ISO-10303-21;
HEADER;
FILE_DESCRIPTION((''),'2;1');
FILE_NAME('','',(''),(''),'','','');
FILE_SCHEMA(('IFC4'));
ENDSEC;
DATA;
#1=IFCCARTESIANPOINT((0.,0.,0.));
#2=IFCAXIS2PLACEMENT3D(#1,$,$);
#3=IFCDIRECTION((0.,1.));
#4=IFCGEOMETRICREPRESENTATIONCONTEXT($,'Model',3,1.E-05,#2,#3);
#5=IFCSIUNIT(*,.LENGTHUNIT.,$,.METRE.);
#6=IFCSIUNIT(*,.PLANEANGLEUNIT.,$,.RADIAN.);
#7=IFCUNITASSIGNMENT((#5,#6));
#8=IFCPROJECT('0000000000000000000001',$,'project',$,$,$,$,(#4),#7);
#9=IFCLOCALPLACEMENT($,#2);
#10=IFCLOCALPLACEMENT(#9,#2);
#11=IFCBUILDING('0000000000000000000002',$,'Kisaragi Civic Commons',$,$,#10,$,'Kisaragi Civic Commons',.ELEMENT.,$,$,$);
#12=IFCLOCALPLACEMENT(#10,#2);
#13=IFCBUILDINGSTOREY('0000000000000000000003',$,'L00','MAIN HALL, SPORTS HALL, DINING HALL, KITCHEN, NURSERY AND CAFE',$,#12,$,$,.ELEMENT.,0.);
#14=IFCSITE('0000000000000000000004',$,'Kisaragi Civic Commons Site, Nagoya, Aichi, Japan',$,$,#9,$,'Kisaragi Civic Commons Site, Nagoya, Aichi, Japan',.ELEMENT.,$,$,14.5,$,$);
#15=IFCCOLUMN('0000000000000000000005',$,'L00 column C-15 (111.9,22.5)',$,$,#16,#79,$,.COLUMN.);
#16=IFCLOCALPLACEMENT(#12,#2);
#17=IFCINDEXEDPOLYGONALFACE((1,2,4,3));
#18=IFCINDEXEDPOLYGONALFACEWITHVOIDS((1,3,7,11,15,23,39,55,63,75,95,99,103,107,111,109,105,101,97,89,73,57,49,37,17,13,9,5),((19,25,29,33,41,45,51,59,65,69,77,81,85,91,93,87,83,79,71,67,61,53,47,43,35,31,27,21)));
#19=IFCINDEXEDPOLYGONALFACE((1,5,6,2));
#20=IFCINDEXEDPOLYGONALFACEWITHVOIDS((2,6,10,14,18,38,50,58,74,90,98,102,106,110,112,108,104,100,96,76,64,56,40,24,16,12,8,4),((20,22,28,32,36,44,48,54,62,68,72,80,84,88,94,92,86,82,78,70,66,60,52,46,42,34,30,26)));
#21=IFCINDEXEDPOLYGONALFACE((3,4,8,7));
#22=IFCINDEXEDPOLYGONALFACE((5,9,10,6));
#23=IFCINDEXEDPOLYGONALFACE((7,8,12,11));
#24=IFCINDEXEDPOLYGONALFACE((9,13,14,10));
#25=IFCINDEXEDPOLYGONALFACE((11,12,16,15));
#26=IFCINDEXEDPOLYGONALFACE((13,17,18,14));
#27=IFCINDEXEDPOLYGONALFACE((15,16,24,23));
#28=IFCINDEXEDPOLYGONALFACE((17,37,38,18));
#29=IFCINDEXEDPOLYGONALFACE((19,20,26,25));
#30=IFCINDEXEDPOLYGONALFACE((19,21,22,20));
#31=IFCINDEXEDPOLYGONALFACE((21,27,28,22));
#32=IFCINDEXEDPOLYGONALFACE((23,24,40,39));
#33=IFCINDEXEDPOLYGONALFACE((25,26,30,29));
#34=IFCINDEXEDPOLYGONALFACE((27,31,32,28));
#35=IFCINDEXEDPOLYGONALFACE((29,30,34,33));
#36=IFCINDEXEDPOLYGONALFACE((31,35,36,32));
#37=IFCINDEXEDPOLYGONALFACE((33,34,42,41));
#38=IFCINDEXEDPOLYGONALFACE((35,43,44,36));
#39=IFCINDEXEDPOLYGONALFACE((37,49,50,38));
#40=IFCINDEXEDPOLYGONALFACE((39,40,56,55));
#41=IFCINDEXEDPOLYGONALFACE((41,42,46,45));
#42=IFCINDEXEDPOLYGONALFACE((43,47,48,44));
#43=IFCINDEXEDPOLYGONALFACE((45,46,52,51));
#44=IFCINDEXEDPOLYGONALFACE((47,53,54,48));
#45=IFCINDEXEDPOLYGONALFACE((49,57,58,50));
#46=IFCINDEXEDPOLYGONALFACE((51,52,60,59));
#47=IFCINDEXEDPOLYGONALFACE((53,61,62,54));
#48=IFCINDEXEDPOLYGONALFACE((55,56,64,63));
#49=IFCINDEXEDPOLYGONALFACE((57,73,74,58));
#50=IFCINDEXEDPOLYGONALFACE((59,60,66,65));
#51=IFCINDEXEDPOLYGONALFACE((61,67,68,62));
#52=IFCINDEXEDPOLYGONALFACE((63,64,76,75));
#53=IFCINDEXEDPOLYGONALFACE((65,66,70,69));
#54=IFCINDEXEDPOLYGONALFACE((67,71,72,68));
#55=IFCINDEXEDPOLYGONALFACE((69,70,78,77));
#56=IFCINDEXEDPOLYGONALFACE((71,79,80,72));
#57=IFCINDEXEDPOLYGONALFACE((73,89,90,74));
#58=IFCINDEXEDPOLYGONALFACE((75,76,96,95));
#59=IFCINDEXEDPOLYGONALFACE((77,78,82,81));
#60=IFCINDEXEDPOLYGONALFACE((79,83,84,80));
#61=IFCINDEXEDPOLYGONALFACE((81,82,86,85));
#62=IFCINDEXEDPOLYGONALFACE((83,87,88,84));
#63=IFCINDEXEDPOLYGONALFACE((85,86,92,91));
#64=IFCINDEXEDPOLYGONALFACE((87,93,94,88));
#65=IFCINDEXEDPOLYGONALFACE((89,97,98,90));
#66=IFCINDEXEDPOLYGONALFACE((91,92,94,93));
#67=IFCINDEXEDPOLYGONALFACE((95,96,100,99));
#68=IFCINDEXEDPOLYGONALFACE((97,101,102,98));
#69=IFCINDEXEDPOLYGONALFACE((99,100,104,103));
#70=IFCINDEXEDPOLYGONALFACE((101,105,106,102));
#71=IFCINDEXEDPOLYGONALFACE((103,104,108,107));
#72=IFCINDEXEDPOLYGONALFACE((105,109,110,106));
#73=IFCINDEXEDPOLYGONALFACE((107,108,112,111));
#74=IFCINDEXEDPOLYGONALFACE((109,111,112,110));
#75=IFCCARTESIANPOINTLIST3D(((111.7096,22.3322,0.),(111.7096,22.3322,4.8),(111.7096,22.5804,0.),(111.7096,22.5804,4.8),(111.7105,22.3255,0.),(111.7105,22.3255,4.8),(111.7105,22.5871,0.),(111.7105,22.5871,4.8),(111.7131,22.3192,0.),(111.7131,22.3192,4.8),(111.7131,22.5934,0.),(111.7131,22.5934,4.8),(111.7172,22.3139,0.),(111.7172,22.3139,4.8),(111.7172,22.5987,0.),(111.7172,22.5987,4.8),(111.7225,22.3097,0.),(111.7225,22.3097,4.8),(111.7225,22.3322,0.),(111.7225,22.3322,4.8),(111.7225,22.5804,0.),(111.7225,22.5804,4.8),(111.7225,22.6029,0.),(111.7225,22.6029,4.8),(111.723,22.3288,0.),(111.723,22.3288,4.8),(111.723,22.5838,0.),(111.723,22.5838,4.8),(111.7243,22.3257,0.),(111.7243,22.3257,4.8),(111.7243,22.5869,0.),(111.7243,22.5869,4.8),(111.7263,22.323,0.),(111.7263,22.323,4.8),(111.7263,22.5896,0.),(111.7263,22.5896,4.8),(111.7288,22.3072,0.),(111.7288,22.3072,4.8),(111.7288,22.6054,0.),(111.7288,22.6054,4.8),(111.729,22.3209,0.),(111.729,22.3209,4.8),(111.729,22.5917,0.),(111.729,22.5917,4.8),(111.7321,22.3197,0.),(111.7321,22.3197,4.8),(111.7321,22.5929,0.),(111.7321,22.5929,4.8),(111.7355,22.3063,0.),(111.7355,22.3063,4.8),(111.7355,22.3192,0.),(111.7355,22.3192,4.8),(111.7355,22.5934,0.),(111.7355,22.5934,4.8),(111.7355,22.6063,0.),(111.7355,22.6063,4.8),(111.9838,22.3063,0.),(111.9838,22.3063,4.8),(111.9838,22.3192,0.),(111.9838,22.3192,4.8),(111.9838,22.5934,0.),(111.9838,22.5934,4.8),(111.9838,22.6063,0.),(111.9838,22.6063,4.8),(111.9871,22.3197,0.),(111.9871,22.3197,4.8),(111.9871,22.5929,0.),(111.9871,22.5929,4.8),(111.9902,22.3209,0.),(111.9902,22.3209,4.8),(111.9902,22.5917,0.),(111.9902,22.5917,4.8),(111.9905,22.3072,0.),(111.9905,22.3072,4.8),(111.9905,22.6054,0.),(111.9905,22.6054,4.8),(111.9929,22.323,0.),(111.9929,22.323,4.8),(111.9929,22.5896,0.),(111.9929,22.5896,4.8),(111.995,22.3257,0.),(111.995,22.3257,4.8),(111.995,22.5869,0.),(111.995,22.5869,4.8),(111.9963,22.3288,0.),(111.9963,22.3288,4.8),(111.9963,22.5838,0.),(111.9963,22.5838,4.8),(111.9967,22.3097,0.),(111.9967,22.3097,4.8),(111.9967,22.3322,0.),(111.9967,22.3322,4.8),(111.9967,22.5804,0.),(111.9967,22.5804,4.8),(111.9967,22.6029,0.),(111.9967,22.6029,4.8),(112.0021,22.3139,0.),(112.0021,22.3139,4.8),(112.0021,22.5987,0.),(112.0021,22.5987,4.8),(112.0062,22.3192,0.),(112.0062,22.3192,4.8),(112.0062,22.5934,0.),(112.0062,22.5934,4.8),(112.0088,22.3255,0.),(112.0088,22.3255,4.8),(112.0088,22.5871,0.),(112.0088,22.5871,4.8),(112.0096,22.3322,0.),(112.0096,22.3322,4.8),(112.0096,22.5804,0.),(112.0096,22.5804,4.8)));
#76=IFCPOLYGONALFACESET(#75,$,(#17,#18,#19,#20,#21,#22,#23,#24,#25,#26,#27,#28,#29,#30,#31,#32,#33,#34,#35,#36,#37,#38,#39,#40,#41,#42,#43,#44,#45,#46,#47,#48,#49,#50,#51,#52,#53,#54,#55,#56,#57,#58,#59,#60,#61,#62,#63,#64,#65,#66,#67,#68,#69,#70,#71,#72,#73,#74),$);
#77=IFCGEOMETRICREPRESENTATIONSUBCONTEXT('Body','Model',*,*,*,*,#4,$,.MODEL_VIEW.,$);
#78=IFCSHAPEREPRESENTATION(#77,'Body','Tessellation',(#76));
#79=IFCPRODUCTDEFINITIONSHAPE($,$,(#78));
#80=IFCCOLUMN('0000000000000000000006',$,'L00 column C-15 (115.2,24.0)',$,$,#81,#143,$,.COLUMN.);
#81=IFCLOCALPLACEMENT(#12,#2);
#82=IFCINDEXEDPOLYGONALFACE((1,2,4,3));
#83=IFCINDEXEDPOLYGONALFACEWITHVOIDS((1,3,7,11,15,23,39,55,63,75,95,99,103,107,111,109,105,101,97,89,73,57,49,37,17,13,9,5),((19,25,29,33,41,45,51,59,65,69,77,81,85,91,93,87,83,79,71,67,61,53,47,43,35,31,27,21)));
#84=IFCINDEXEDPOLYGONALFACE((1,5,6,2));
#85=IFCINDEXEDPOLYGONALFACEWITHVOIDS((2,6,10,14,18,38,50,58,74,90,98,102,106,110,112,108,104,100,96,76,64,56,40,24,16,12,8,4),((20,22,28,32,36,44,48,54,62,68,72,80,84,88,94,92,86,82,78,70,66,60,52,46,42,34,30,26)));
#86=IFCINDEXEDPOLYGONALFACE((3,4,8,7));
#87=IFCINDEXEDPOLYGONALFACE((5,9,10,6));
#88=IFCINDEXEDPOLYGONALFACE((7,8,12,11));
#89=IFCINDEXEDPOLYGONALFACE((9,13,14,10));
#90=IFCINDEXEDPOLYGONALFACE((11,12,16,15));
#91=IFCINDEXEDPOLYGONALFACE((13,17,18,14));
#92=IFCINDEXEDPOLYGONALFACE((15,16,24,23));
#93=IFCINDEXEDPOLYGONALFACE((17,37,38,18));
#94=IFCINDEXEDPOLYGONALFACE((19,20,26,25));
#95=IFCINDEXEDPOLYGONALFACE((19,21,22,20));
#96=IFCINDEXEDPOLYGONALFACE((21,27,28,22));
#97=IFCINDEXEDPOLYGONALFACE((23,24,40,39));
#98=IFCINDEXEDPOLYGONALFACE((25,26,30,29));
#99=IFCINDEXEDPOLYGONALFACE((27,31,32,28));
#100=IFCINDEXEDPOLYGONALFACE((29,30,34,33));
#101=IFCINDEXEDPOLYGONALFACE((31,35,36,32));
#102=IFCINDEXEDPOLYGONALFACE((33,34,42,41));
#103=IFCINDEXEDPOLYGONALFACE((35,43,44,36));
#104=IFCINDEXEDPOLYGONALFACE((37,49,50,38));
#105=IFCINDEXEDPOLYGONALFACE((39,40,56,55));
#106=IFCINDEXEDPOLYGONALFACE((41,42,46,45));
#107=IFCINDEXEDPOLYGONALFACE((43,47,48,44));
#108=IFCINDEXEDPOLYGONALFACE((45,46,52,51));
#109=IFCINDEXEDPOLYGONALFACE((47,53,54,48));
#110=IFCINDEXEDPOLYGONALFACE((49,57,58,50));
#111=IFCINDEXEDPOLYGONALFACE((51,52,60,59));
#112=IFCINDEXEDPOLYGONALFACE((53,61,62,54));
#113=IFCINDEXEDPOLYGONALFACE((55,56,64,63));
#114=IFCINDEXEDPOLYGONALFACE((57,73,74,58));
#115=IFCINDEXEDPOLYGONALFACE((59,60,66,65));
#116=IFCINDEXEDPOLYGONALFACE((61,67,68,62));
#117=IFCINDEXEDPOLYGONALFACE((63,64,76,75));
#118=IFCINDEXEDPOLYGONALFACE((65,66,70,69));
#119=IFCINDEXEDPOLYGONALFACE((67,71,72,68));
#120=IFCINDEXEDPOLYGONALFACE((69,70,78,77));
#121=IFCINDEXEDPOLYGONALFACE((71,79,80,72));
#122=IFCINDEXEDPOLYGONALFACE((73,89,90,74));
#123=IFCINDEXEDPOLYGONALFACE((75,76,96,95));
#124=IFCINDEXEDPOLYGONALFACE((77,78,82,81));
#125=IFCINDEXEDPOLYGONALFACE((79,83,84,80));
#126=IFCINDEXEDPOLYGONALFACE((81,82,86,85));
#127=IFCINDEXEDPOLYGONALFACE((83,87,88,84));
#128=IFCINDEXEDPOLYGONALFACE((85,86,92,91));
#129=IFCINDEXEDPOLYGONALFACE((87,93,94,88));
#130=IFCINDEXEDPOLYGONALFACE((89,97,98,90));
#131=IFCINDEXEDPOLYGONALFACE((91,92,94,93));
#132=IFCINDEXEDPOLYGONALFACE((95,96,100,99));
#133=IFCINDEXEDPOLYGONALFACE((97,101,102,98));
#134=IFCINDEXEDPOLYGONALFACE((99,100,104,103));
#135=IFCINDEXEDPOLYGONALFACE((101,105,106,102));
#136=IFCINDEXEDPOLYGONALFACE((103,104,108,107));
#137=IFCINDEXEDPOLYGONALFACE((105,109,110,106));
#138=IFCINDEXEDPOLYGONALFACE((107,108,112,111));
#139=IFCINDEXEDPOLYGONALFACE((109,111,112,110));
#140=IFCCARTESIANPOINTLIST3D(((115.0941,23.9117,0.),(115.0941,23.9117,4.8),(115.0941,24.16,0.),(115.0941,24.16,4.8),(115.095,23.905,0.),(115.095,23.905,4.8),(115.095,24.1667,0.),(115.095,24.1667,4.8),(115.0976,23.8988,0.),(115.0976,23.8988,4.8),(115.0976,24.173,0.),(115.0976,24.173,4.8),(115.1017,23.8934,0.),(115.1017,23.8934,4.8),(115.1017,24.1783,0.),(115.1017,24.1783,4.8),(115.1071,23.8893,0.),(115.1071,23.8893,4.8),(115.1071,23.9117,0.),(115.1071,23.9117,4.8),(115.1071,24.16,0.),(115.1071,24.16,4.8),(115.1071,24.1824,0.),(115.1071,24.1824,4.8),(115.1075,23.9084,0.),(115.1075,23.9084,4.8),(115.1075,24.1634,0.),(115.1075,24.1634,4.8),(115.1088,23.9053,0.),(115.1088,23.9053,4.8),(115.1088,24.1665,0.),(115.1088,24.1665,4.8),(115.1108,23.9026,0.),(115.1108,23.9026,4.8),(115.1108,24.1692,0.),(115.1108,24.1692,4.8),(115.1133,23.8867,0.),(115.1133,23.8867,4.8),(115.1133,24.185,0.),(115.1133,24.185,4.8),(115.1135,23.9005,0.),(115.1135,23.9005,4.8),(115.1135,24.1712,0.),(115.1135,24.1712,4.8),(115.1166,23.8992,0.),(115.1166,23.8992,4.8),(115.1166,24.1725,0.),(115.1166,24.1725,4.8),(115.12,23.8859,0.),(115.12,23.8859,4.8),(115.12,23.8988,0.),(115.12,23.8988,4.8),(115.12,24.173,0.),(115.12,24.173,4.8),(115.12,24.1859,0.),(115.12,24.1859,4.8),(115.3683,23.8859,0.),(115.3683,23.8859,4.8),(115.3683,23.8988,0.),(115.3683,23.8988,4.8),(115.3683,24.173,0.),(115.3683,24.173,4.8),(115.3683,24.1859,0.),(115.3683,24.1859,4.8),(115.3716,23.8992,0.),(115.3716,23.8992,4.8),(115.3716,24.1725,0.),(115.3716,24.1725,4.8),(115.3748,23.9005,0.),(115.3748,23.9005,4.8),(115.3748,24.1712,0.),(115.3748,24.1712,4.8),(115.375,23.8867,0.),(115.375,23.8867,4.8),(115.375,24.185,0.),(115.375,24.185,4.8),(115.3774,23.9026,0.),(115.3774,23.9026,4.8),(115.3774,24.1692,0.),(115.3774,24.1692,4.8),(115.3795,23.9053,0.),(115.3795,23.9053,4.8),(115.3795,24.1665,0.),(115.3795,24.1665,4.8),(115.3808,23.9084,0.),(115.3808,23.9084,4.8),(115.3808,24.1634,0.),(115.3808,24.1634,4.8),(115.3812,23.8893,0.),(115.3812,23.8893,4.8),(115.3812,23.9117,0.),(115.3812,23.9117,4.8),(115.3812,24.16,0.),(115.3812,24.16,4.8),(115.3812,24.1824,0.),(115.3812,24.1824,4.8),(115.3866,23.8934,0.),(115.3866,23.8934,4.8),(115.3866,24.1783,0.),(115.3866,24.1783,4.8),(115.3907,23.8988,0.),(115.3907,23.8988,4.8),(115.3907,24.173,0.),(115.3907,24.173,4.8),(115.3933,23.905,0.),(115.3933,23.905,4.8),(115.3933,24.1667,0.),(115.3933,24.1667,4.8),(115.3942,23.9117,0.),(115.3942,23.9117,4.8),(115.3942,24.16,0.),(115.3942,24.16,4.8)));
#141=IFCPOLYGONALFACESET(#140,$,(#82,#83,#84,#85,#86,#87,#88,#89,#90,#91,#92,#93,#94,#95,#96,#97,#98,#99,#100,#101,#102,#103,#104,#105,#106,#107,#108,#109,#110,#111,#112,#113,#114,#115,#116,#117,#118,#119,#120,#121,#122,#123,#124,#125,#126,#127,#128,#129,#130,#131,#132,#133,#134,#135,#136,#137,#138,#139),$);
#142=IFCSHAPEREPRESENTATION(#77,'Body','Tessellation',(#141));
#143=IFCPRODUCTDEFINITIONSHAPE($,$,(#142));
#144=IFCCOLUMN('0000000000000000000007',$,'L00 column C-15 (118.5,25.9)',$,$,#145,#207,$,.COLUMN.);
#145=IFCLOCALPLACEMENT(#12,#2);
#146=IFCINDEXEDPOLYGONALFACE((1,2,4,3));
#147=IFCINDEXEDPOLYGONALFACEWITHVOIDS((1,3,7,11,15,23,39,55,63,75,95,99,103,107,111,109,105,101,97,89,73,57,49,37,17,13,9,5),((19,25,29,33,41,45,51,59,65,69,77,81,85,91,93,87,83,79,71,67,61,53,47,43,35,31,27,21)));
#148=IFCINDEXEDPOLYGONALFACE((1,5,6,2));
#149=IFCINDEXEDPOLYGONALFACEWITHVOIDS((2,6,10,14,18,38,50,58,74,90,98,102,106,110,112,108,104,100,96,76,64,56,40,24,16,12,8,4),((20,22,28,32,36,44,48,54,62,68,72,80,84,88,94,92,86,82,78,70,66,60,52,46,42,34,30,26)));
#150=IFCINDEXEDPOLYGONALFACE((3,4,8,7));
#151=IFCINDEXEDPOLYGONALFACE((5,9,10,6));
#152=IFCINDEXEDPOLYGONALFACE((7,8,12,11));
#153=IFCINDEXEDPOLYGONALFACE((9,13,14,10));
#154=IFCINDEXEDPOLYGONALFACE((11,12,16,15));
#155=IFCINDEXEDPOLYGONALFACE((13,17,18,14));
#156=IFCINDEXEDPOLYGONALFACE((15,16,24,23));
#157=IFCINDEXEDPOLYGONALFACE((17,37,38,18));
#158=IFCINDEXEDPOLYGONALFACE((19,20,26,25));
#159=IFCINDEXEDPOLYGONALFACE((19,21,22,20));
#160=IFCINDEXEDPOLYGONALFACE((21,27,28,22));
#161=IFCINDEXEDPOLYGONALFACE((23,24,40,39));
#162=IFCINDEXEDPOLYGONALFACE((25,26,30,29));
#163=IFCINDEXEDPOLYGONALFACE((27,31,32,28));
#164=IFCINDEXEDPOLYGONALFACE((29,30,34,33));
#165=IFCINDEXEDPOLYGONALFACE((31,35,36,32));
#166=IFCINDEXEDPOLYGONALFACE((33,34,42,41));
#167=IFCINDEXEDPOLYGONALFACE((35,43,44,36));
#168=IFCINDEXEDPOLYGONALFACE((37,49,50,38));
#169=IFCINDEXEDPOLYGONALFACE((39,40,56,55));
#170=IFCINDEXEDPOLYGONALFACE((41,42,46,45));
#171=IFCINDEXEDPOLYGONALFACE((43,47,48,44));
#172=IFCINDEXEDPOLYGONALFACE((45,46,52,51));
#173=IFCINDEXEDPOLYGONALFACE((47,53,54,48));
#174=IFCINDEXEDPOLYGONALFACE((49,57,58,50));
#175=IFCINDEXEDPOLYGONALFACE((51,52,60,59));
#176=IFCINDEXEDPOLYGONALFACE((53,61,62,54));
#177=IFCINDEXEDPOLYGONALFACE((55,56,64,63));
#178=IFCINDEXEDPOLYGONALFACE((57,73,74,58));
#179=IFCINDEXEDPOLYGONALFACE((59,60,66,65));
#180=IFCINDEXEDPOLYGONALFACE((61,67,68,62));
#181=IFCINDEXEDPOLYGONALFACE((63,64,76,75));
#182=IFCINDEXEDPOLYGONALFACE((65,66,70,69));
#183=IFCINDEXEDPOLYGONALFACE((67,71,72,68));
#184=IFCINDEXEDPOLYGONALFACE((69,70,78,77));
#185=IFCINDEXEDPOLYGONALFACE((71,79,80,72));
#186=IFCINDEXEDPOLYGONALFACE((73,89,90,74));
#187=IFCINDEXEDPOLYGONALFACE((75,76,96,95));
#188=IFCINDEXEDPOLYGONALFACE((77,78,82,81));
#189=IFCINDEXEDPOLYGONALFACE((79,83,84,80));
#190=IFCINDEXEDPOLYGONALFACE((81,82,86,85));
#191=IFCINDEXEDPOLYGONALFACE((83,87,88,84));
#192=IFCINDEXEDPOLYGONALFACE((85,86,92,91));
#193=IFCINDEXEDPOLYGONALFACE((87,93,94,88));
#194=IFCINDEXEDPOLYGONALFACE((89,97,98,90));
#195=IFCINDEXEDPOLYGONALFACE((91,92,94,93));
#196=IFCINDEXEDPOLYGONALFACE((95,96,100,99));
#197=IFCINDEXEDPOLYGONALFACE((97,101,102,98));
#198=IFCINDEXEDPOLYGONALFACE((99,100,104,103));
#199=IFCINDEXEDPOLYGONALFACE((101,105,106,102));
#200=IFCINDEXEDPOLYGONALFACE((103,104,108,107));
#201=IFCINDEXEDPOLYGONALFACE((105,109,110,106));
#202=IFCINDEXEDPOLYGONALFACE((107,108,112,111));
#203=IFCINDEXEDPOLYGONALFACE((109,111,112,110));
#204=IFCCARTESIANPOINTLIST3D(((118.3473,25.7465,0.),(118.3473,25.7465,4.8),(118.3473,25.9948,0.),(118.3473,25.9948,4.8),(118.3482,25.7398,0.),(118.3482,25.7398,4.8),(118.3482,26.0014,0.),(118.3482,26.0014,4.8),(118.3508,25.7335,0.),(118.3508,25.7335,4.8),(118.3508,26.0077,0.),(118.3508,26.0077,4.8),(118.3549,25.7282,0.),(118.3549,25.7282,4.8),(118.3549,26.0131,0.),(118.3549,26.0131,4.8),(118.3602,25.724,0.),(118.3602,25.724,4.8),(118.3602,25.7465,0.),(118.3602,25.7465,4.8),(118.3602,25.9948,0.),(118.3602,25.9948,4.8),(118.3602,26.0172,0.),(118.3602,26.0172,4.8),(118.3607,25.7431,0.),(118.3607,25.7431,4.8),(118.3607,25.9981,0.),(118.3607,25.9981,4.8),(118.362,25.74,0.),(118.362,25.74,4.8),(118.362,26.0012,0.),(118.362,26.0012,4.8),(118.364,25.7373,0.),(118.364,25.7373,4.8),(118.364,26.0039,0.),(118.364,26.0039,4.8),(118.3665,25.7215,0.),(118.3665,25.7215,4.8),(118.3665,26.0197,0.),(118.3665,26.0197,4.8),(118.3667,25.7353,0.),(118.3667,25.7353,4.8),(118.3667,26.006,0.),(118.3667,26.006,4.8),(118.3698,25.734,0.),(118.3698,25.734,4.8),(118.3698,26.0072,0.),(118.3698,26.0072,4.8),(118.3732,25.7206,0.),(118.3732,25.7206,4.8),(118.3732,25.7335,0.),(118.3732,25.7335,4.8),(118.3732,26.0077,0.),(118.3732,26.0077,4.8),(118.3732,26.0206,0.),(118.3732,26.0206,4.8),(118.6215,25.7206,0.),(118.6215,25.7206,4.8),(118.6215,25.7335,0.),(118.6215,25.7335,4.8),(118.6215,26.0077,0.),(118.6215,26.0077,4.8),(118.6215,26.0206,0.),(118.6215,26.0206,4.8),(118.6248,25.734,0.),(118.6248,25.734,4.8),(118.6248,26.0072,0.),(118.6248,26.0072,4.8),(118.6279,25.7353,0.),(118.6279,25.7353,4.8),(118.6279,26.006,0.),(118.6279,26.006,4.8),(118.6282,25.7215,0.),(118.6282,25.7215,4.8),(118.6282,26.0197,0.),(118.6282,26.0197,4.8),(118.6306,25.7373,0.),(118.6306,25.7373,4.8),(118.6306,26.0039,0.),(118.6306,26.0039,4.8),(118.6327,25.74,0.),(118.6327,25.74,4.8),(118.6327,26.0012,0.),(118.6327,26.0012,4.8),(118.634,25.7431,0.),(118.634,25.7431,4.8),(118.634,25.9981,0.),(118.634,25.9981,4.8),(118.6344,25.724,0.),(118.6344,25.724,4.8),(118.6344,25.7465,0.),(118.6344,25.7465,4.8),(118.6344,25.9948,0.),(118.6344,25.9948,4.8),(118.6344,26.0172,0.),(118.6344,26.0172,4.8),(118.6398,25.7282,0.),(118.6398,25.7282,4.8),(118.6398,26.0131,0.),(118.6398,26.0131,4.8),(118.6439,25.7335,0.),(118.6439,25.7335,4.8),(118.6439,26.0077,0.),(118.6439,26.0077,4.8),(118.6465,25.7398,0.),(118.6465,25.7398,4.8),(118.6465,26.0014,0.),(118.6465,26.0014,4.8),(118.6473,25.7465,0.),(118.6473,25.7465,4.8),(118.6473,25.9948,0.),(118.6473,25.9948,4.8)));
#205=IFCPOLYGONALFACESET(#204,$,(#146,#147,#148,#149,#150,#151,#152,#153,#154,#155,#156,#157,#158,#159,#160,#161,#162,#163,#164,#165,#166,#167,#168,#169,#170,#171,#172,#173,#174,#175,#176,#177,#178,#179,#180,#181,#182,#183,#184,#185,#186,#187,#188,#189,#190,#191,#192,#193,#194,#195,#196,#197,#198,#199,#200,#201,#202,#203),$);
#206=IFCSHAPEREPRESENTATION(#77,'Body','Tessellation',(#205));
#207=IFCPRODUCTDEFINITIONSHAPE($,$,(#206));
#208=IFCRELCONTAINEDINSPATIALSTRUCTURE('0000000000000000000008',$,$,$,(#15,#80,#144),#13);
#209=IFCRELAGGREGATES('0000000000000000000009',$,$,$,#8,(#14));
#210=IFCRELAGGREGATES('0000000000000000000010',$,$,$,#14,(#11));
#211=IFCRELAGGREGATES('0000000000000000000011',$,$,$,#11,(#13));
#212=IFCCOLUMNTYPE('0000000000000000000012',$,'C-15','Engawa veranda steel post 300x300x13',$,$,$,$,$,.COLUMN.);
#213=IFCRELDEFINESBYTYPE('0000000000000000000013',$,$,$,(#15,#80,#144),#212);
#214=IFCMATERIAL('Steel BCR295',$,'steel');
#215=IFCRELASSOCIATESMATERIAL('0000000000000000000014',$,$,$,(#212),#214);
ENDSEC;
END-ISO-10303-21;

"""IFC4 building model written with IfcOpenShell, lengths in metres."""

from ifc_helpers import new_model, si_unit, direction, frame, origin, origin_2d, place, context, subcontext, project, spatial, hollow_rectangle, extrude, material, material_profile, profile_set, type_object, element, save


model = new_model("IFC4")

# Units and contexts
model_context = context("Model", 3, precision=1e-05, world=origin(), true_north=direction((0.0, 1.0)))
body_context = subcontext(model_context, "Body", "Model", "MODEL_VIEW")
ifc_project = project(units=[si_unit("LENGTHUNIT", "METRE"), si_unit("PLANEANGLEUNIT", "RADIAN")], contexts=[model_context])

# Site, building, storey
site_placement = place(None, origin())
site = spatial("IfcSite", under=ifc_project, at=site_placement, Name="Kisaragi Civic Commons Site, Nagoya, Aichi, Japan", LongName="Kisaragi Civic Commons Site, Nagoya, Aichi, Japan", CompositionType="ELEMENT", RefElevation=14.5)
building_placement = place(site_placement, origin())
building = spatial("IfcBuilding", under=site, at=building_placement, Name="Kisaragi Civic Commons", LongName="Kisaragi Civic Commons", CompositionType="ELEMENT")
storey_placement = place(building_placement, origin())
storey = spatial("IfcBuildingStorey", under=building, at=storey_placement, Name="L00", Description="MAIN HALL, SPORTS HALL, DINING HALL, KITCHEN, NURSERY AND CAFE", CompositionType="ELEMENT", Elevation=0.0)

# Columns
ifc_material_1 = material(Name="Steel BCR295", Category="steel")
ifc_material_profile_1 = material_profile(ifc_material_1, hollow_rectangle(XDim=0.3, YDim=0.3, WallThickness=0.0129, InnerFilletRadius=0.0129, OuterFilletRadius=0.0259, at=origin_2d()), Name="BCR-300x300x13", Category="steel")
ifc_profile_set_1 = profile_set([ifc_material_profile_1], Name="Steel BCR295")
column_type_1 = type_object("IfcColumnType", Name="C-15", Description="Engawa veranda steel post 300x300x13", PredefinedType="COLUMN", material=ifc_profile_set_1)
for number, where, z_axis, x_axis, name in (
    (1, (111.8596, 22.4563, 0.0), (0.0, 0.0, 1.0), (1.0, 0.0, 0.0), "L00 column C-15 (111.9,22.5)"),
    (2, (115.2441, 24.0359, 0.0), (0.0, 0.0, 1.0), (1.0, 0.0, 0.0), "L00 column C-15 (115.2,24.0)"),
    (3, (118.4973, 25.8706, 0.0), (0.0, 0.0, 1.0), (1.0, 0.0, 0.0), "L00 column C-15 (118.5,25.9)"),
):
    element("IfcColumn", number, at=place(storey_placement, frame(where, z_axis=z_axis, x_axis=x_axis)), inside=storey, type_object=column_type_1, Name=name, PredefinedType="COLUMN", context=body_context, shape_type="SweptSolid", body=[
        extrude(hollow_rectangle(XDim=0.3, YDim=0.3, WallThickness=0.0129, InnerFilletRadius=0.0129, OuterFilletRadius=0.0259, at=origin_2d()), origin(), (0.0, 0.0, 1.0), 4.8),
    ])

save(model, "model.ifc")
